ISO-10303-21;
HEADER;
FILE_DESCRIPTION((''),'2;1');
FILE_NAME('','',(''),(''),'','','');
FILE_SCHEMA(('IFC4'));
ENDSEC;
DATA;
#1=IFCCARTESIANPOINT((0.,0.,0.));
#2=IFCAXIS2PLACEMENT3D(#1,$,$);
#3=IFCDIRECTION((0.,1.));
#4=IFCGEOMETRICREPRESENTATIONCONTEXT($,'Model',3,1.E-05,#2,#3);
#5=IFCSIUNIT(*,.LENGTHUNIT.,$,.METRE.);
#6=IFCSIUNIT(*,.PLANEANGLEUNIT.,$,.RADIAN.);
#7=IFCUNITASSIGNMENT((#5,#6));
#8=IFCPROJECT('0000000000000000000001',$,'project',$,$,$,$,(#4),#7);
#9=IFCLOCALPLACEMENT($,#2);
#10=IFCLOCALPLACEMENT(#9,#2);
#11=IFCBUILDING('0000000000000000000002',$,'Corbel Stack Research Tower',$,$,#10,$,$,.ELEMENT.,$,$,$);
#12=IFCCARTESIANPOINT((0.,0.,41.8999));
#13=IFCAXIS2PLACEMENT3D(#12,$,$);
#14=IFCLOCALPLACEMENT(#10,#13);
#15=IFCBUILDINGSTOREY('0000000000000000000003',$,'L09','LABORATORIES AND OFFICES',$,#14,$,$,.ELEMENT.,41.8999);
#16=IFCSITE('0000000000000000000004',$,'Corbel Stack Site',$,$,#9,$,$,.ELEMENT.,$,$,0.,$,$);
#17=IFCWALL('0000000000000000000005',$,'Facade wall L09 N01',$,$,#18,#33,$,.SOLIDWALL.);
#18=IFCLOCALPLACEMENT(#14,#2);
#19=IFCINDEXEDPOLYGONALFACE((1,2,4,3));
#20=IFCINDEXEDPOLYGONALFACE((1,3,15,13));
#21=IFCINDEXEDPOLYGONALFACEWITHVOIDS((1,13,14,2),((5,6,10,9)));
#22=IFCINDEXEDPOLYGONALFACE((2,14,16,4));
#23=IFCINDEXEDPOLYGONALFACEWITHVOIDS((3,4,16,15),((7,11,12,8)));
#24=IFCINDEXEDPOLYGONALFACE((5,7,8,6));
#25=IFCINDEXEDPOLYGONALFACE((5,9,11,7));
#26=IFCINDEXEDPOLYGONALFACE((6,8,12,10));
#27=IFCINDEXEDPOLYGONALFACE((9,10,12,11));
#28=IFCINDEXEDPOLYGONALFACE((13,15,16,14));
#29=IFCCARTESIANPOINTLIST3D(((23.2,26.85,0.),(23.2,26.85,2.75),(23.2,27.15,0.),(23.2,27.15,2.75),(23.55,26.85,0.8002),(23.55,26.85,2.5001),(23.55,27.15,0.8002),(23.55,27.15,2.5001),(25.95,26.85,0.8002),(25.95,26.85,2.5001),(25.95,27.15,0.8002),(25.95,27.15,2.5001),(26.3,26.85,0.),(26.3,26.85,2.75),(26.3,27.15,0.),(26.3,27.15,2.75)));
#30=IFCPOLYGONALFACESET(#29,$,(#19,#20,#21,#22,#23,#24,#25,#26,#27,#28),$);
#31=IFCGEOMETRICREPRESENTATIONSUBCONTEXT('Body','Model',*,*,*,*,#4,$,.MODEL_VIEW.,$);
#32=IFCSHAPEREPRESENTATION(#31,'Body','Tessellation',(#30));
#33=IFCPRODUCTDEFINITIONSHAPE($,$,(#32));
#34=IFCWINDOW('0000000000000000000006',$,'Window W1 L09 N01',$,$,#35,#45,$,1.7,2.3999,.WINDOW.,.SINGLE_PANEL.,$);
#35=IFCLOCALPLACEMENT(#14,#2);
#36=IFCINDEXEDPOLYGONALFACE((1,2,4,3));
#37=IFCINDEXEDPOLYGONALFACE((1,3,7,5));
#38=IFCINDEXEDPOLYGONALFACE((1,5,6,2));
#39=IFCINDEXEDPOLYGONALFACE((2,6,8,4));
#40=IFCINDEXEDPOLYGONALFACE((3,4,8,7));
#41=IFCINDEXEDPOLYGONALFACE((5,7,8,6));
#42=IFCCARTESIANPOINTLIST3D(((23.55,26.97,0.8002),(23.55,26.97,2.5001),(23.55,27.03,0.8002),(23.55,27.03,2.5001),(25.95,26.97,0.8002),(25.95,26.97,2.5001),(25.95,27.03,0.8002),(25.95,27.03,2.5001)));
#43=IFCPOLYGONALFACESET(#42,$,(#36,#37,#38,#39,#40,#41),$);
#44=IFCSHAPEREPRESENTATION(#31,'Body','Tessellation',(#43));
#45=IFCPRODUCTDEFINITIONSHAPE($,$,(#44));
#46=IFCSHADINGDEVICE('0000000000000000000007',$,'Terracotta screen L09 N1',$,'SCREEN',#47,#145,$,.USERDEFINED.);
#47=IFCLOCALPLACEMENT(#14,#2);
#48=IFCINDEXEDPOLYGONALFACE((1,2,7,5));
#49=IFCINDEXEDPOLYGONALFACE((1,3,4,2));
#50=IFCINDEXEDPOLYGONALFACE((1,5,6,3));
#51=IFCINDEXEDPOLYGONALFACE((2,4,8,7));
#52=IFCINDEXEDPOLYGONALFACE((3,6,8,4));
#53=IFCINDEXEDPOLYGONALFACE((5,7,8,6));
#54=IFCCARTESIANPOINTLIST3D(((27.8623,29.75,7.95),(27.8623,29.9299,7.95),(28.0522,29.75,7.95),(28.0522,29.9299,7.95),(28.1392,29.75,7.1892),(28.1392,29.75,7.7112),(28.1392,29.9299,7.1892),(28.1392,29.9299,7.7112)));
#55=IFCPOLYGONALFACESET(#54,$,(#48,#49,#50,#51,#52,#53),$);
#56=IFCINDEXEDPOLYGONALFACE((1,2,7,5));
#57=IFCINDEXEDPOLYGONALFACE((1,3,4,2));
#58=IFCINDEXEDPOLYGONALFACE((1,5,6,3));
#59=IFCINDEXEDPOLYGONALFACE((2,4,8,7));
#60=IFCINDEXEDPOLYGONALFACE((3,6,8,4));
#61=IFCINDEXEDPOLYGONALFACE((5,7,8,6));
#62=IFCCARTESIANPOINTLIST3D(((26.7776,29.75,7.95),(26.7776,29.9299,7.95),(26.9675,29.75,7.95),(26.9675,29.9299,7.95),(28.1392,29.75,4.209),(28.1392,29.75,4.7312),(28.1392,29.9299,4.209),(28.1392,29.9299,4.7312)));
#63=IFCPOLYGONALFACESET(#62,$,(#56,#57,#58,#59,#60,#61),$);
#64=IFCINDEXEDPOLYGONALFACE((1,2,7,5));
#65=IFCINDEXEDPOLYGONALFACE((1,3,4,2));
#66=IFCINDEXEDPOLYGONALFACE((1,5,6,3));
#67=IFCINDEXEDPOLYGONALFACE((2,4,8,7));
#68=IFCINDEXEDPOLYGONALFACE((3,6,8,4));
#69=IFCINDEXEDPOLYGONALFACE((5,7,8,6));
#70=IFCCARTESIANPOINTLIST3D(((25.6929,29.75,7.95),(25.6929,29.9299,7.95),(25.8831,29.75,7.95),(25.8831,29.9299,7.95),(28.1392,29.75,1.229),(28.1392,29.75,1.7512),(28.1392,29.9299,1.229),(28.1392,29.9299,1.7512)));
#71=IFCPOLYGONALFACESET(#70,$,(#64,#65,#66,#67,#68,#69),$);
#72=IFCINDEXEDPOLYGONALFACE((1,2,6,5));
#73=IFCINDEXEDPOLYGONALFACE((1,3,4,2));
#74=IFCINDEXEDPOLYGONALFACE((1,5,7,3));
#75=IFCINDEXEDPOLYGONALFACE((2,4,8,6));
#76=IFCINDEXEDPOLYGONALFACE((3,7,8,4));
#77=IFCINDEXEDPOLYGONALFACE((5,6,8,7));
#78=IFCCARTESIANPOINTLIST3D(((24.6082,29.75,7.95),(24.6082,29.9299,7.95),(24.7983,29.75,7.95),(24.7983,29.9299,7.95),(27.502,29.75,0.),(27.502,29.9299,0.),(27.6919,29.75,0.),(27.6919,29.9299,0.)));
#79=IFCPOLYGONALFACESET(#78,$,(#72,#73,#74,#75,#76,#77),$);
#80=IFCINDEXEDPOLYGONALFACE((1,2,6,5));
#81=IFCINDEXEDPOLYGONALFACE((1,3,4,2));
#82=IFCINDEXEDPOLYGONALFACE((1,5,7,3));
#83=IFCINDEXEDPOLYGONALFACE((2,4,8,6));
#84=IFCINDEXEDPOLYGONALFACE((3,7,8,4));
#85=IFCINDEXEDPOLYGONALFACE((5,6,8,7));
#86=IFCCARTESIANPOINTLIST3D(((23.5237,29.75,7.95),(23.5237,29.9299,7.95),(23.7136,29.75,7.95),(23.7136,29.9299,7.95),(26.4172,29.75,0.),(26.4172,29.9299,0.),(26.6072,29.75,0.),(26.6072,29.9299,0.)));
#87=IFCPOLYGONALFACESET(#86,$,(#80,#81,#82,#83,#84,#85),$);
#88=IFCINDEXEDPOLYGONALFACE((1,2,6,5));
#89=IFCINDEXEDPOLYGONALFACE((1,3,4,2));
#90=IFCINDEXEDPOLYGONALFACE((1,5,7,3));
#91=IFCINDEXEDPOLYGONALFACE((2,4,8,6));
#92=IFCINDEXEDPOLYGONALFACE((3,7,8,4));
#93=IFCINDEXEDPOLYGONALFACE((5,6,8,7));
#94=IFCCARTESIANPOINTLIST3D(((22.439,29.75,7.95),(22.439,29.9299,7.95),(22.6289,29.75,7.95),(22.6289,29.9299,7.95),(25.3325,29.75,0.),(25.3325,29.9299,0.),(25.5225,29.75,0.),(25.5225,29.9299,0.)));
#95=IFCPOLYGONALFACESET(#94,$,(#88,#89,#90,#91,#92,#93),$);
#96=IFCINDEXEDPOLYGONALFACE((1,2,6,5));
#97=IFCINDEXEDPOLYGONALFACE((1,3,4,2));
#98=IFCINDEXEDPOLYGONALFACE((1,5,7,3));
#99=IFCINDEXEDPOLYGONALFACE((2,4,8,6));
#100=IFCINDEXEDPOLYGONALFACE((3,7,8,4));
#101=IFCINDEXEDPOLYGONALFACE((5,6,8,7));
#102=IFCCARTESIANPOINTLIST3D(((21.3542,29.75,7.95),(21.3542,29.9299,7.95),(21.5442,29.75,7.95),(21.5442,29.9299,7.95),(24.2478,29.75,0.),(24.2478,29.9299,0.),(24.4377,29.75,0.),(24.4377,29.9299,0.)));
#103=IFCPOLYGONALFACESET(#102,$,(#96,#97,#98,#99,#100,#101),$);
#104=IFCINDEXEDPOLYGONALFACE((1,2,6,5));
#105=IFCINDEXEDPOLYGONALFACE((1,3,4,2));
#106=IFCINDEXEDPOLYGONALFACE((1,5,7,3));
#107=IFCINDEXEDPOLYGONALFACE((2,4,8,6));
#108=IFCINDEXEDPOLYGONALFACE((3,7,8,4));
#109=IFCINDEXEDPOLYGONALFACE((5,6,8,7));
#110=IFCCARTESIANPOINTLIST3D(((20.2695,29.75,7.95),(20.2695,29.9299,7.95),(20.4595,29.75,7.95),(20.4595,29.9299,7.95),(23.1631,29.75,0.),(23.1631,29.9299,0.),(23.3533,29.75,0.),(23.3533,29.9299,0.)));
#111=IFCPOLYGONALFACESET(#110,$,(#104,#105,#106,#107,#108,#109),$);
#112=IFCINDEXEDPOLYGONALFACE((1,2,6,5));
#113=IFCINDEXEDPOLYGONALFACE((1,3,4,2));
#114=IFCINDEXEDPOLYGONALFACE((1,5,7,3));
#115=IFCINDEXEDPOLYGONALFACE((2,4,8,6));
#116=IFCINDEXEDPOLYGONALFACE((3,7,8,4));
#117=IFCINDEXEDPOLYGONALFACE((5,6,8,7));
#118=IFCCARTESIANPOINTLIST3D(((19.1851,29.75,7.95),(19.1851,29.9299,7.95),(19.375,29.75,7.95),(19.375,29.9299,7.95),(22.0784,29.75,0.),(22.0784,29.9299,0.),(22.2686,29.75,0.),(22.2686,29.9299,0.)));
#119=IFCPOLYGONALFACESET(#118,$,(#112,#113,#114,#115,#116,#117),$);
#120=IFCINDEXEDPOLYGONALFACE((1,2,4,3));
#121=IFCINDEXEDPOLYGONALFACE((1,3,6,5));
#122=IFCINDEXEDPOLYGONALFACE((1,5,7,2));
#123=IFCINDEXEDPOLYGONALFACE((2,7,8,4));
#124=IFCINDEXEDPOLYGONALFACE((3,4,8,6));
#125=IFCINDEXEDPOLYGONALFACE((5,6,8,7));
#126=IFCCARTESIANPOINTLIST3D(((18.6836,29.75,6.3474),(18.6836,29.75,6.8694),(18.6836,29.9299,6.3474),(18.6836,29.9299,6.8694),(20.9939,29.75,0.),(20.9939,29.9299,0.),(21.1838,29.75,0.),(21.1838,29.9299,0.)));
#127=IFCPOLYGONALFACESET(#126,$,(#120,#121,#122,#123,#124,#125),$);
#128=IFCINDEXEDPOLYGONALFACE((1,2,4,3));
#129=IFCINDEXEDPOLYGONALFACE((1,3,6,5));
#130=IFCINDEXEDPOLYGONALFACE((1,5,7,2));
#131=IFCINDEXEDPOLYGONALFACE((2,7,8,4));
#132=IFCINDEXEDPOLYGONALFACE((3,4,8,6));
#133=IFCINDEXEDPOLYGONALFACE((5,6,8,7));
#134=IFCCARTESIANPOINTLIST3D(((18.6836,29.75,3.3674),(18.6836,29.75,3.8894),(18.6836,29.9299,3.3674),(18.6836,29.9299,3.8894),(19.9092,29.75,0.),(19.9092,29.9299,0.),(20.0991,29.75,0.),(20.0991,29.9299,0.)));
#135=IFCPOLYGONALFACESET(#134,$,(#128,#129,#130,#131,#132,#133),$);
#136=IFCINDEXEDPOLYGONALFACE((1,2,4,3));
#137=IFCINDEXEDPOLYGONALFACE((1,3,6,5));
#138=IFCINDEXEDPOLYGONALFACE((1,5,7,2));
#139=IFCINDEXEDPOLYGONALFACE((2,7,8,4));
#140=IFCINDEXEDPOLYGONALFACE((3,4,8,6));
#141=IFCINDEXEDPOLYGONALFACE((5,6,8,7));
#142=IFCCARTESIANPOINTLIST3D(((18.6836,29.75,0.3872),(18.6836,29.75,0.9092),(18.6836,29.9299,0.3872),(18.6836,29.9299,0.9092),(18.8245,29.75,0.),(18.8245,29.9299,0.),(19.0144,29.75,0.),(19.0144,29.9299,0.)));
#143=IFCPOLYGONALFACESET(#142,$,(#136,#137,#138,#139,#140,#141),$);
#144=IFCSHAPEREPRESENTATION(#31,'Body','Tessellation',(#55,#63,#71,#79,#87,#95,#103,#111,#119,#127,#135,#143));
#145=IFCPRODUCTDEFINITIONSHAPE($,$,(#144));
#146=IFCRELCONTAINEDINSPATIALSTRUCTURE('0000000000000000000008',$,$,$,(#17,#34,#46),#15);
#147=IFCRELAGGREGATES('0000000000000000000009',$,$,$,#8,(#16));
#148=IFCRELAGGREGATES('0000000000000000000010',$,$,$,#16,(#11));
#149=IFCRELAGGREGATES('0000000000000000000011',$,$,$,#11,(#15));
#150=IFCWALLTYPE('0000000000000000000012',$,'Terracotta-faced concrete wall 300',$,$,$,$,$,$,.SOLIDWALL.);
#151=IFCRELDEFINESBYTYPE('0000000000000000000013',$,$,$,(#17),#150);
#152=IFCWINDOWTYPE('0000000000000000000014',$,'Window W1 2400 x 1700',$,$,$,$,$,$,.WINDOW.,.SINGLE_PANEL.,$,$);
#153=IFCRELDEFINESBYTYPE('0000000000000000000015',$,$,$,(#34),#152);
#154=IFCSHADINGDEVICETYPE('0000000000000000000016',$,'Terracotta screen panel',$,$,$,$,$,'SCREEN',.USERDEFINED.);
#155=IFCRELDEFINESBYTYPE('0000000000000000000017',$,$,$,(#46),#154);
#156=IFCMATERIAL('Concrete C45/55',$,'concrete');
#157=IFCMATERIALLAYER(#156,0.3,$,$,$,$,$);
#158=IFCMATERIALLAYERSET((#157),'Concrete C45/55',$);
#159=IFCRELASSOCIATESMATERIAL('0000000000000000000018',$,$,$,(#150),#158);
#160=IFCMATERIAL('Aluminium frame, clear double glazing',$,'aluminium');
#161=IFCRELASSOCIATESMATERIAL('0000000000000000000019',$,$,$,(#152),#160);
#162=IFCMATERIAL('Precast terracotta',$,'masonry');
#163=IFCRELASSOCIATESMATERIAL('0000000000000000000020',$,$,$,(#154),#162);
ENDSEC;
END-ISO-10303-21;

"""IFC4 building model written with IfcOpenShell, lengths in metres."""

from ifc_helpers import new_model, si_unit, direction, frame, frame_2d, origin, place, context, subcontext, project, spatial, polyline, rectangle, outline, extrude, source, transform, mapped, material, layer, layer_set, type_object, element, fill, save


model = new_model("IFC4")

# Units and contexts
model_context = context("Model", 3, precision=1e-05, world=origin(), true_north=direction((0.0, 1.0)))
body_context = subcontext(model_context, "Body", "Model", "MODEL_VIEW")
ifc_project = project(units=[si_unit("LENGTHUNIT", "METRE"), si_unit("PLANEANGLEUNIT", "RADIAN")], contexts=[model_context])

# Site, building, storey
site_placement = place(None, origin())
site = spatial("IfcSite", under=ifc_project, at=site_placement, Name="Corbel Stack Site", CompositionType="ELEMENT", RefElevation=0.0)
building_placement = place(site_placement, origin())
building = spatial("IfcBuilding", under=site, at=building_placement, Name="Corbel Stack Research Tower", CompositionType="ELEMENT")
storey_placement = place(building_placement, frame((0.0, 0.0, 41.8999)))
storey = spatial("IfcBuildingStorey", under=building, at=storey_placement, Name="L09", Description="LABORATORIES AND OFFICES", CompositionType="ELEMENT", Elevation=41.8999)

# Shared definitions
ifc_material_1 = material(Name="Concrete C45/55", Category="concrete")
ifc_layer_1 = layer(ifc_material_1, 0.3)
ifc_layer_set_1 = layer_set([ifc_layer_1], Name="Concrete C45/55")
wall_type_1 = type_object("IfcWallType", Name="Terracotta-faced concrete wall 300", PredefinedType="SOLIDWALL", material=ifc_layer_set_1)
ifc_material_2 = material(Name="Aluminium frame, clear double glazing", Category="aluminium")
window_type = type_object("IfcWindowType", Name="Window W1 2400 x 1700", PartitioningType="SINGLE_PANEL", PredefinedType="WINDOW", material=ifc_material_2)

# Wall, opening, window
wall_1_placement = place(storey_placement, frame((23.2, 27.0, 0.0), z_axis=(0.0, 0.0, 1.0), x_axis=(1.0, 0.0, 0.0)))
wall_1 = element("IfcWall", 1, at=wall_1_placement, inside=storey, type_object=wall_type_1, Name="Facade wall L09 N01", PredefinedType="SOLIDWALL", context=body_context, shape_type="SweptSolid", body=[
    extrude(rectangle(XDim=3.1001, YDim=0.3, at=frame_2d((1.55, 0.0))), origin(), (0.0, 0.0, 1.0), 2.75),
])
opening_1_placement = place(wall_1_placement, frame((0.3501, 0.0, 0.8)))
opening_1 = element("IfcOpeningElement", 2, at=opening_1_placement, cuts=wall_1, PredefinedType="OPENING", context=body_context, shape_type="SweptSolid", body=[
    extrude(rectangle(XDim=2.3999, YDim=1.7, at=frame_2d((1.2, 0.8501))), frame((0.0, 0.1599, 0.0), z_axis=(0.0, -1.0, 0.0), x_axis=(1.0, 0.0, 0.0)), (0.0, 0.0, 1.0), 0.3201),
])
window_1_placement = place(opening_1_placement, origin())
window_1 = element("IfcWindow", 3, at=window_1_placement, inside=storey, type_object=window_type, Name="Window W1 L09 N01", OverallHeight=1.7, OverallWidth=2.3999, PartitioningType="SINGLE_PANEL", PredefinedType="WINDOW", context=body_context, shape_type="SweptSolid", body=[
    extrude(rectangle(XDim=2.3999, YDim=1.7, at=frame_2d((1.2, 0.8501))), frame((0.0, 0.03, 0.0), z_axis=(0.0, -1.0, 0.0), x_axis=(1.0, 0.0, 0.0)), (0.0, 0.0, 1.0), 0.0601),
])
fill(opening_1, window_1)

# Shading device
ifc_material_3 = material(Name="Precast terracotta", Category="masonry")
shading_device_type = type_object("IfcShadingDeviceType", Name="Terracotta screen panel", ElementType="SCREEN", PredefinedType="USERDEFINED", material=ifc_material_3)
shared_shape_1 = source(origin(), body_context, "Body", "SweptSolid", [
    extrude(outline(polyline([(0.2769, 7.95), (0.0869, 7.95), (0.0, 7.7112), (0.0, 7.1892), (0.2769, 7.95)])), frame((0.0, 0.0, 0.0), z_axis=(0.0, -1.0, 0.0), x_axis=(1.0, 0.0, 0.0)), (0.0, 0.0, 1.0), 0.1799),
    extrude(outline(polyline([(1.3616, 7.95), (1.1716, 7.95), (0.0, 4.7312), (0.0, 4.209), (1.3616, 7.95)])), frame((0.0, 0.0, 0.0), z_axis=(0.0, -1.0, 0.0), x_axis=(1.0, 0.0, 0.0)), (0.0, 0.0, 1.0), 0.1799),
    extrude(outline(polyline([(2.4463, 7.95), (2.2561, 7.95), (0.0, 1.7512), (0.0, 1.229), (2.4463, 7.95)])), frame((0.0, 0.0, 0.0), z_axis=(0.0, -1.0, 0.0), x_axis=(1.0, 0.0, 0.0)), (0.0, 0.0, 1.0), 0.1799),
    extrude(outline(polyline([(0.6372, 0.0), (3.531, 7.95), (3.3408, 7.95), (0.4473, 0.0), (0.6372, 0.0)])), frame((0.0, 0.0, 0.0), z_axis=(0.0, -1.0, 0.0), x_axis=(1.0, 0.0, 0.0)), (0.0, 0.0, 1.0), 0.1799),
    extrude(outline(polyline([(1.7219, 0.0), (4.6155, 7.95), (4.4255, 7.95), (1.532, 0.0), (1.7219, 0.0)])), frame((0.0, 0.0, 0.0), z_axis=(0.0, -1.0, 0.0), x_axis=(1.0, 0.0, 0.0)), (0.0, 0.0, 1.0), 0.1799),
    extrude(outline(polyline([(2.8066, 0.0), (5.7002, 7.95), (5.5103, 7.95), (2.6167, 0.0), (2.8066, 0.0)])), frame((0.0, 0.0, 0.0), z_axis=(0.0, -1.0, 0.0), x_axis=(1.0, 0.0, 0.0)), (0.0, 0.0, 1.0), 0.1799),
    extrude(outline(polyline([(3.8914, 0.0), (6.7849, 7.95), (6.595, 7.95), (3.7014, 0.0), (3.8914, 0.0)])), frame((0.0, 0.0, 0.0), z_axis=(0.0, -1.0, 0.0), x_axis=(1.0, 0.0, 0.0)), (0.0, 0.0, 1.0), 0.1799),
    extrude(outline(polyline([(4.9761, 0.0), (7.8696, 7.95), (7.6797, 7.95), (4.7859, 0.0), (4.9761, 0.0)])), frame((0.0, 0.0, 0.0), z_axis=(0.0, -1.0, 0.0), x_axis=(1.0, 0.0, 0.0)), (0.0, 0.0, 1.0), 0.1799),
    extrude(outline(polyline([(6.0608, 0.0), (8.9541, 7.95), (8.7642, 7.95), (5.8706, 0.0), (6.0608, 0.0)])), frame((0.0, 0.0, 0.0), z_axis=(0.0, -1.0, 0.0), x_axis=(1.0, 0.0, 0.0)), (0.0, 0.0, 1.0), 0.1799),
    extrude(outline(polyline([(7.1453, 0.0), (9.4556, 6.3474), (9.4556, 6.8694), (6.9553, 0.0), (7.1453, 0.0)])), frame((0.0, 0.0, 0.0), z_axis=(0.0, -1.0, 0.0), x_axis=(1.0, 0.0, 0.0)), (0.0, 0.0, 1.0), 0.1799),
    extrude(outline(polyline([(8.23, 0.0), (9.4556, 3.3674), (9.4556, 3.8894), (8.04, 0.0), (8.23, 0.0)])), frame((0.0, 0.0, 0.0), z_axis=(0.0, -1.0, 0.0), x_axis=(1.0, 0.0, 0.0)), (0.0, 0.0, 1.0), 0.1799),
    extrude(outline(polyline([(9.3147, 0.0), (9.4556, 0.3872), (9.4556, 0.9092), (9.1248, 0.0), (9.3147, 0.0)])), frame((0.0, 0.0, 0.0), z_axis=(0.0, -1.0, 0.0), x_axis=(1.0, 0.0, 0.0)), (0.0, 0.0, 1.0), 0.1799),
])
shading_device_1_placement = place(storey_placement, frame((28.1392, 29.75, 0.0), z_axis=(0.0, 0.0, 1.0), x_axis=(-1.0, 0.0, 0.0)))
element("IfcShadingDevice", 4, at=shading_device_1_placement, inside=storey, type_object=shading_device_type, Name="Terracotta screen L09 N1", ObjectType="SCREEN", PredefinedType="USERDEFINED", context=body_context, shape_type="MappedRepresentation", body=[
    mapped(shared_shape_1, transform((0.0, 0.0, 0.0))),
])

save(model, "model.ifc")
